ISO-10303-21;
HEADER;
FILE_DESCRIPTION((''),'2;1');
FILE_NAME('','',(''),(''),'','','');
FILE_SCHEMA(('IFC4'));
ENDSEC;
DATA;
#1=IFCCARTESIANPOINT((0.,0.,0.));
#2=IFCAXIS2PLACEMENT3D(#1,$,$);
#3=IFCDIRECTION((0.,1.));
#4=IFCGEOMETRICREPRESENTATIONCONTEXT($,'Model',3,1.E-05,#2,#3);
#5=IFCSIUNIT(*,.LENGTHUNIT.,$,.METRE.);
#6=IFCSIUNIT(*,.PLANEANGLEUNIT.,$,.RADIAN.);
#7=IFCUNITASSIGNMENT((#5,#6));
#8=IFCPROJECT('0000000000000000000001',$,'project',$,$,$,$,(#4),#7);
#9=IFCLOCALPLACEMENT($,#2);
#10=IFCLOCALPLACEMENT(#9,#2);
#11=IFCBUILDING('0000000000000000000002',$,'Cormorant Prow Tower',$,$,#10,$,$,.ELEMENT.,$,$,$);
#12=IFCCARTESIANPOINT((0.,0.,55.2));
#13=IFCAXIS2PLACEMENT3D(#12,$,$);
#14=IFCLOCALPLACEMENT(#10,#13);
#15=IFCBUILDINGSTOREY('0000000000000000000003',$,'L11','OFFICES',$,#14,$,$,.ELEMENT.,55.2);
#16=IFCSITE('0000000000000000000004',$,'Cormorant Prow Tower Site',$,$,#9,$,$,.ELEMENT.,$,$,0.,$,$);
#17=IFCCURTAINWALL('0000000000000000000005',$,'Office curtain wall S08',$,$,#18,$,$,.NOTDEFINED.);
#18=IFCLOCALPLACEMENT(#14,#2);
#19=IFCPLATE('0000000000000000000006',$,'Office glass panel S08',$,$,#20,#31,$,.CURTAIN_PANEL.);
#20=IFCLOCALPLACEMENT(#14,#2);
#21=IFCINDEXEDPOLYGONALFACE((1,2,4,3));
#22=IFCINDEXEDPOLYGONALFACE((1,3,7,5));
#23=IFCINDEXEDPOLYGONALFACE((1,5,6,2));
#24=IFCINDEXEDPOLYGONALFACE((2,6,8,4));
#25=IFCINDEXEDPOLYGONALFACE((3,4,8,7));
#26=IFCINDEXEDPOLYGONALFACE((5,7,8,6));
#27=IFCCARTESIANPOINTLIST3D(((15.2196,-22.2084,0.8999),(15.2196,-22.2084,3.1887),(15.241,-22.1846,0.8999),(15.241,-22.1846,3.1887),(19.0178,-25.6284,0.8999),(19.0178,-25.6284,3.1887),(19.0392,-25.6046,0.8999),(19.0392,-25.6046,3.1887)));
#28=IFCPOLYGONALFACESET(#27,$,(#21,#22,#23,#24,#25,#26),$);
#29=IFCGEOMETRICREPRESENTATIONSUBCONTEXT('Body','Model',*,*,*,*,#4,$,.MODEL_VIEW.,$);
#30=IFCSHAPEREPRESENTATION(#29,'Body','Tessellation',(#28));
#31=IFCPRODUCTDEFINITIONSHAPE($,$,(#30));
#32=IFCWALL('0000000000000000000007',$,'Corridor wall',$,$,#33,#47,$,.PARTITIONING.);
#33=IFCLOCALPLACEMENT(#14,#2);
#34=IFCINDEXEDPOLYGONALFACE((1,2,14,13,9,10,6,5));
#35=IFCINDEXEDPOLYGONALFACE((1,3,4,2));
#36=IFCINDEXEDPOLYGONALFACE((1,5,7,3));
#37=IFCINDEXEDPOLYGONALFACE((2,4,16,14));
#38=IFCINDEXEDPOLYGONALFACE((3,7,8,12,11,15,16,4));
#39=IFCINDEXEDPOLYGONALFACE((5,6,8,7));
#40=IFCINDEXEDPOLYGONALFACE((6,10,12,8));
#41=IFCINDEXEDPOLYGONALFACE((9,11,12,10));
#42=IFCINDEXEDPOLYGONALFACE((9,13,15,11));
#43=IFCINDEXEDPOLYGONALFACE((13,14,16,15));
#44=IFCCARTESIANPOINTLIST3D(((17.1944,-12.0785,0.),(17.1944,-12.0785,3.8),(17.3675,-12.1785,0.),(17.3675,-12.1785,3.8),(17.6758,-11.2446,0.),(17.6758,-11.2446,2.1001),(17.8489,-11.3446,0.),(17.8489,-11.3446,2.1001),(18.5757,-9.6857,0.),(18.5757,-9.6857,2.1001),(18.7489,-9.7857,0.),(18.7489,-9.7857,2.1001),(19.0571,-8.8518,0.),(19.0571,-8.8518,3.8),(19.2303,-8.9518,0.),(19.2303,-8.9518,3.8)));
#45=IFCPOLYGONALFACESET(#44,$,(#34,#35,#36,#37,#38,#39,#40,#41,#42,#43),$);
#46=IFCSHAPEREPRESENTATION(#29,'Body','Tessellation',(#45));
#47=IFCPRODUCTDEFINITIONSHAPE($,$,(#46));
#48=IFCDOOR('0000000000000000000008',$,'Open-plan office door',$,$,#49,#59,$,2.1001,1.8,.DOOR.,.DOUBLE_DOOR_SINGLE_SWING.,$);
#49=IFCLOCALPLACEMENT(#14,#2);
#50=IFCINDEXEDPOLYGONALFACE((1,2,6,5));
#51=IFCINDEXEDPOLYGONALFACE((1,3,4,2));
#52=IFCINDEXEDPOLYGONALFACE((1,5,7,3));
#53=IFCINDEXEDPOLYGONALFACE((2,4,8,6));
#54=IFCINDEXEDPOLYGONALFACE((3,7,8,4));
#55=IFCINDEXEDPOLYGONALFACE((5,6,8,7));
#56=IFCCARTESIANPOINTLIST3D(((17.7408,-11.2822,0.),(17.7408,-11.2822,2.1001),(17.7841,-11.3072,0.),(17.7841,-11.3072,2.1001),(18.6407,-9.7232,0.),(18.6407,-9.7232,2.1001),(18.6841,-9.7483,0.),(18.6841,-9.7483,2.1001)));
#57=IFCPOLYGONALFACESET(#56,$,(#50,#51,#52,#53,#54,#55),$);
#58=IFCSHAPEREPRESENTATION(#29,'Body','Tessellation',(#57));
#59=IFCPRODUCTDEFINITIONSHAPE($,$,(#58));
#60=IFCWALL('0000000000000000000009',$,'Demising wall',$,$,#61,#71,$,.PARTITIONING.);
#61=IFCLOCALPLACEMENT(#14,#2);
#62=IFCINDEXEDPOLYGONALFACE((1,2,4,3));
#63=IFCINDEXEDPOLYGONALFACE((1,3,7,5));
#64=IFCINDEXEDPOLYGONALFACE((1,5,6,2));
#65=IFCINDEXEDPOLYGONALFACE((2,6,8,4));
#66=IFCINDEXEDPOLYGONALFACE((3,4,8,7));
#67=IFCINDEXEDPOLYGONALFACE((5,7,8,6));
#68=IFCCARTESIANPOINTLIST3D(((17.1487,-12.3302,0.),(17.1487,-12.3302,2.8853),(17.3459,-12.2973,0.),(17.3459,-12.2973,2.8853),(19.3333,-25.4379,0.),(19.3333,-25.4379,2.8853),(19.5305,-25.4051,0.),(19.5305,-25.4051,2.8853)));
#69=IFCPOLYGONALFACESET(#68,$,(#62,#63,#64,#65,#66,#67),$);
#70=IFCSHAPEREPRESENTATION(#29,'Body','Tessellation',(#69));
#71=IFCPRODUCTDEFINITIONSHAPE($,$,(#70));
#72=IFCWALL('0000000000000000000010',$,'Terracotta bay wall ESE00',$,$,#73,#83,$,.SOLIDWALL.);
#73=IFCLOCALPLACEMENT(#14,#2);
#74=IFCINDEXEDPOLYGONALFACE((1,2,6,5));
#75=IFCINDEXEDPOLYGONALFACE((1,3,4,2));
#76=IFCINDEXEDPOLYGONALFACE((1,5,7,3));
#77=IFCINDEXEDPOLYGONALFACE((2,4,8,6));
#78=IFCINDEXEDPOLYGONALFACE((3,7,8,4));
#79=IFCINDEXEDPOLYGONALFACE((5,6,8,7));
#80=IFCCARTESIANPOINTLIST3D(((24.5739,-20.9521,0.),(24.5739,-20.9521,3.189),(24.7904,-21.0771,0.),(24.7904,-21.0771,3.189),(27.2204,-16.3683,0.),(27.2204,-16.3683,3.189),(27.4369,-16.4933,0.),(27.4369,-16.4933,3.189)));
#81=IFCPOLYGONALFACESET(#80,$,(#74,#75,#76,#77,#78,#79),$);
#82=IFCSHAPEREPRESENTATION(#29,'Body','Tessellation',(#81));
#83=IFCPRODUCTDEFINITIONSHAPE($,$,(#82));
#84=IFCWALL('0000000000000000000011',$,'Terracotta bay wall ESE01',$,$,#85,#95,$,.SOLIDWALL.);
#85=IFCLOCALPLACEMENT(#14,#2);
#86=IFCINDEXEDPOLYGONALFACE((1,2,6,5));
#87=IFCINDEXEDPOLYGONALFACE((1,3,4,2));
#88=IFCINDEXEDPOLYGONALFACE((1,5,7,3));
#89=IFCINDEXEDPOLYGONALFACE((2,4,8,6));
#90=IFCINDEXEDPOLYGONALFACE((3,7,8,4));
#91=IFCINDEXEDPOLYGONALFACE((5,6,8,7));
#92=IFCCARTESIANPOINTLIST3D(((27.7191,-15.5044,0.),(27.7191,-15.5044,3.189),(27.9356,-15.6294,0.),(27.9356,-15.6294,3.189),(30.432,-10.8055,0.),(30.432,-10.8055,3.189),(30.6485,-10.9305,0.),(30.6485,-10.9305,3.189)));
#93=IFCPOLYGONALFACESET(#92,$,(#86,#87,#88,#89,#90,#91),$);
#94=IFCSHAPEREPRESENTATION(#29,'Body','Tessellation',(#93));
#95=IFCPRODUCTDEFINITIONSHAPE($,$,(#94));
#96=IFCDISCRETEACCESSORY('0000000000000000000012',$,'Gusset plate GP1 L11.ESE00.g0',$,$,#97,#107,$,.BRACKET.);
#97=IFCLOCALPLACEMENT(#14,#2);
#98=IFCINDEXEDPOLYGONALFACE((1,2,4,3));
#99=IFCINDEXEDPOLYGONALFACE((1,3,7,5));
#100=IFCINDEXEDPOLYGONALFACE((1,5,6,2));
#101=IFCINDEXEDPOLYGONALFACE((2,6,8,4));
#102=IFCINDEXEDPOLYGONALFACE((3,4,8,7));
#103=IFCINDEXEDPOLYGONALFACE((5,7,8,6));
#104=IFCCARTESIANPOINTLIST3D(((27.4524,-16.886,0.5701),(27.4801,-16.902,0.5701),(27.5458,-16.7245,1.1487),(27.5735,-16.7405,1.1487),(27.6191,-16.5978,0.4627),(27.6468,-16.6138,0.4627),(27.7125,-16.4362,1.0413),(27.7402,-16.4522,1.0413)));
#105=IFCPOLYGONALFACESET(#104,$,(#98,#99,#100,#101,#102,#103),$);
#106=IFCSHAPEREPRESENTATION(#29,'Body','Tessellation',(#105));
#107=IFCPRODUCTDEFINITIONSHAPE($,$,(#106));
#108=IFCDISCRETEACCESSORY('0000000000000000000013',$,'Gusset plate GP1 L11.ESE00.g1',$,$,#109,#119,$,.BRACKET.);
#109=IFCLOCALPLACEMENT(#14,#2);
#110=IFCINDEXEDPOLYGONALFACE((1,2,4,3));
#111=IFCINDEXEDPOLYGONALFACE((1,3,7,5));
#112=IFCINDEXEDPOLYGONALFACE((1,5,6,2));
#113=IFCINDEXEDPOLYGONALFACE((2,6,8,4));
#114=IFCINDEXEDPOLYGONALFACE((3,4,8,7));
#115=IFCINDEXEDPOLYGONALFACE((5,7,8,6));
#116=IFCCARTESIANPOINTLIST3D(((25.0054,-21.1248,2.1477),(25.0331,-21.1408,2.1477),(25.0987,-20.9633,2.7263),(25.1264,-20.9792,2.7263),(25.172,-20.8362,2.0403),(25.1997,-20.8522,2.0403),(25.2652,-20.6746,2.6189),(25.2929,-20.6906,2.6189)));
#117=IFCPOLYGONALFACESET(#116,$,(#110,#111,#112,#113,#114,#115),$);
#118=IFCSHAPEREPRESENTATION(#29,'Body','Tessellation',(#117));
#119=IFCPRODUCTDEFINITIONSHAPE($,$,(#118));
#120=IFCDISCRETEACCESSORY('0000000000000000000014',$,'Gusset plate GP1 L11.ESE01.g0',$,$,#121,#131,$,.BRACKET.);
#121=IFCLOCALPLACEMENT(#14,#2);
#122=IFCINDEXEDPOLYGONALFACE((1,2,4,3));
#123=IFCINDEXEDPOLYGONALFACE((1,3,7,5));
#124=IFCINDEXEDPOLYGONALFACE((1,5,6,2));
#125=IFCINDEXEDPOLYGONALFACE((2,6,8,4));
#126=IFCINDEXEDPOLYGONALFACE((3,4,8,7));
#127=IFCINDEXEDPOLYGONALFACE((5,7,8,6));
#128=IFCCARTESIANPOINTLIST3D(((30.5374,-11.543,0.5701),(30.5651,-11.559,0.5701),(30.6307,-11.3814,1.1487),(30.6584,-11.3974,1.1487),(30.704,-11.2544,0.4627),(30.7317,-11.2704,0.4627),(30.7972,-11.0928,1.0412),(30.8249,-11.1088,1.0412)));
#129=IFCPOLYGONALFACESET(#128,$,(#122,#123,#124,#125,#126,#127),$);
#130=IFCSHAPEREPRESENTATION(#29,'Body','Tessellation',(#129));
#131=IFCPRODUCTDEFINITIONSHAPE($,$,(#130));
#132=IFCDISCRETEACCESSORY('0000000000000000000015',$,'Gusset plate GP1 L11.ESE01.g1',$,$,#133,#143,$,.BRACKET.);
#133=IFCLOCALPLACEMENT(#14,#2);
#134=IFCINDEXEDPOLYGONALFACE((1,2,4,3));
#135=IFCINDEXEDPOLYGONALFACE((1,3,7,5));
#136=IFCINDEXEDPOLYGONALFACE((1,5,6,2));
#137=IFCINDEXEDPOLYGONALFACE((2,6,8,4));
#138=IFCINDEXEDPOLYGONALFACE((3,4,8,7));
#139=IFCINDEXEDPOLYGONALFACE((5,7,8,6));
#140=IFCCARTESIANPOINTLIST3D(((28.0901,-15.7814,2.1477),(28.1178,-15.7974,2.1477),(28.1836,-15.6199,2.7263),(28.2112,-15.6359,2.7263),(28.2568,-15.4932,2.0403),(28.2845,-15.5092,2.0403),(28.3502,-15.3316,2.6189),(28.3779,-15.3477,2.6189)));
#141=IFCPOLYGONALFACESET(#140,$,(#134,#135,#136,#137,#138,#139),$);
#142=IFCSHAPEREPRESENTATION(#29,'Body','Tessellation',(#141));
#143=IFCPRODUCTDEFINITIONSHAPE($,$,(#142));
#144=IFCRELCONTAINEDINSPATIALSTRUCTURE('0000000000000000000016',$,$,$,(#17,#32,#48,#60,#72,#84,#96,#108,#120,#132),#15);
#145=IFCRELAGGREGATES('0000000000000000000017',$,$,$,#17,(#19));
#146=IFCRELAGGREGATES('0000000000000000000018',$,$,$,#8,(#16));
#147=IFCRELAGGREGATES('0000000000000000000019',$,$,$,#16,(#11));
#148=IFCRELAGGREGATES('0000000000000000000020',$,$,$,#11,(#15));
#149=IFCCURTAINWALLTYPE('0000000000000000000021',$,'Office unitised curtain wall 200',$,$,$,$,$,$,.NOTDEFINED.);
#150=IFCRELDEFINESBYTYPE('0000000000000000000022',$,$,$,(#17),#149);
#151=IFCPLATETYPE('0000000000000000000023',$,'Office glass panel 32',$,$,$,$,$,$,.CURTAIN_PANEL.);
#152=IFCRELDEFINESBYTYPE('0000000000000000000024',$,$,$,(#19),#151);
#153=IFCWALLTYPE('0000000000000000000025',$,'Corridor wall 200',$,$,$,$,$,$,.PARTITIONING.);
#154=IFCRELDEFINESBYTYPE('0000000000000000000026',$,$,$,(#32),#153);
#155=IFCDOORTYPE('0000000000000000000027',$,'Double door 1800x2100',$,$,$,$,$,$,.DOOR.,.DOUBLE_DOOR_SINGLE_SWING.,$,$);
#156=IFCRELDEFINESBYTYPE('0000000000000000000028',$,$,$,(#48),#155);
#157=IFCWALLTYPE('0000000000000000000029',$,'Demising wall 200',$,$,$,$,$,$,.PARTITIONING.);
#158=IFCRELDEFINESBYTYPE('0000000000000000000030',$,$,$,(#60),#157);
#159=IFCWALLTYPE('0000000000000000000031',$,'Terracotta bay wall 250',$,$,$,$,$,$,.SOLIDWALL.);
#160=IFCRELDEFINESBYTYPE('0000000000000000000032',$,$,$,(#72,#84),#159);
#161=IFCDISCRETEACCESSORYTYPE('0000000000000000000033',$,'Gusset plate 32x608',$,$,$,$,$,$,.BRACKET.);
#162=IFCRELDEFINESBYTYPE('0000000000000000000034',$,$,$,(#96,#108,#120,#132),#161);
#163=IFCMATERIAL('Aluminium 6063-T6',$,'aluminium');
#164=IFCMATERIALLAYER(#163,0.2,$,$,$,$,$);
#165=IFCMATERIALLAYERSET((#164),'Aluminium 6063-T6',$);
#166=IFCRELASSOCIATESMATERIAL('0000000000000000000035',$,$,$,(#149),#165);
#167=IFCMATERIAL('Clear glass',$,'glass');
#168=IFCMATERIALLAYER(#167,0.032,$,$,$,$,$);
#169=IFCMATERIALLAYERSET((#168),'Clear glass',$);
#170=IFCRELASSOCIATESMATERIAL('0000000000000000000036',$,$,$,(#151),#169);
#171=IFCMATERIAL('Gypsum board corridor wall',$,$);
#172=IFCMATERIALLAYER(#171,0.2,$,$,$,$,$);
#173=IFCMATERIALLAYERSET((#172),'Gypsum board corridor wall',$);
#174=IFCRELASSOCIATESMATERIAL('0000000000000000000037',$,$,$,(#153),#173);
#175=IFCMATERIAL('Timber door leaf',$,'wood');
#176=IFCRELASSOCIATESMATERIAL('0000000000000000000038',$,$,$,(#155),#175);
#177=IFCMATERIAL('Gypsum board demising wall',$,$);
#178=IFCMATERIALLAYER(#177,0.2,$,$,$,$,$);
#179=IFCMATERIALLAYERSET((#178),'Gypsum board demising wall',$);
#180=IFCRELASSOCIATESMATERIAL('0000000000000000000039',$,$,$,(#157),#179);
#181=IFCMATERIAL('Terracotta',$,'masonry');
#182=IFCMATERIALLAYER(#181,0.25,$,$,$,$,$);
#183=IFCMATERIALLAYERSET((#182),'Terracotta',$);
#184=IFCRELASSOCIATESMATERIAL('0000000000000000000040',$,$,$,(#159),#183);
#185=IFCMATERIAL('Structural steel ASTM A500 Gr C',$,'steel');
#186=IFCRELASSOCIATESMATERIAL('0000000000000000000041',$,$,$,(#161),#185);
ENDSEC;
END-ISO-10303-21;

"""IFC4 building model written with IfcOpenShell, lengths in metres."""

from ifc_helpers import new_model, si_unit, direction, frame, frame_2d, origin, origin_2d, place, context, subcontext, project, spatial, rectangle, extrude, material, layer, layer_set, material_profile, profile_set, type_object, element, fill, aggregate, save


model = new_model("IFC4")

# Units and contexts
model_context = context("Model", 3, precision=1e-05, world=origin(), true_north=direction((0.0, 1.0)))
body_context = subcontext(model_context, "Body", "Model", "MODEL_VIEW")
ifc_project = project(units=[si_unit("LENGTHUNIT", "METRE"), si_unit("PLANEANGLEUNIT", "RADIAN")], contexts=[model_context])

# Site, building, storey
site_placement = place(None, origin())
site = spatial("IfcSite", under=ifc_project, at=site_placement, Name="Cormorant Prow Tower Site", CompositionType="ELEMENT", RefElevation=0.0)
building_placement = place(site_placement, origin())
building = spatial("IfcBuilding", under=site, at=building_placement, Name="Cormorant Prow Tower", CompositionType="ELEMENT")
storey_placement = place(building_placement, frame((0.0, 0.0, 55.2)))
storey = spatial("IfcBuildingStorey", under=building, at=storey_placement, Name="L11", Description="OFFICES", CompositionType="ELEMENT", Elevation=55.2)

# Curtain wall, plate
ifc_material_1 = material(Name="Aluminium 6063-T6", Category="aluminium")
ifc_layer_1 = layer(ifc_material_1, 0.2)
ifc_layer_set_1 = layer_set([ifc_layer_1], Name="Aluminium 6063-T6")
curtain_wall_type = type_object("IfcCurtainWallType", Name="Office unitised curtain wall 200", PredefinedType="NOTDEFINED", material=ifc_layer_set_1)
curtain_wall_placement = place(storey_placement, origin())
curtain_wall = element("IfcCurtainWall", 1, at=curtain_wall_placement, inside=storey, type_object=curtain_wall_type, Name="Office curtain wall S08", PredefinedType="NOTDEFINED")
ifc_material_2 = material(Name="Clear glass", Category="glass")
ifc_layer_2 = layer(ifc_material_2, 0.032)
ifc_layer_set_2 = layer_set([ifc_layer_2], Name="Clear glass")
plate_type = type_object("IfcPlateType", Name="Office glass panel 32", PredefinedType="CURTAIN_PANEL", material=ifc_layer_set_2)
plate_placement = place(storey_placement, frame((17.1294, -23.9065, 0.8999), z_axis=(0.0, 0.0, 1.0), x_axis=(0.743145, -0.669131, 0.0)))
plate = element("IfcPlate", 2, at=plate_placement, type_object=plate_type, Name="Office glass panel S08", PredefinedType="CURTAIN_PANEL", context=body_context, shape_type="SweptSolid", body=[
    extrude(rectangle(XDim=5.1111, YDim=0.032, at=origin_2d()), origin(), (0.0, 0.0, 1.0), 2.2888),
])
aggregate(curtain_wall, [plate])

# Wall, opening, door
ifc_material_3 = material(Name="Gypsum board corridor wall")
ifc_layer_3 = layer(ifc_material_3, 0.2)
ifc_layer_set_3 = layer_set([ifc_layer_3], Name="Gypsum board corridor wall")
wall_type_1 = type_object("IfcWallType", Name="Corridor wall 200", PredefinedType="PARTITIONING", material=ifc_layer_set_3)
wall_1_placement = place(storey_placement, frame((17.281, -12.1284, 0.0), z_axis=(0.0, 0.0, 1.0), x_axis=(0.499959, 0.866049, 0.0)))
wall_1 = element("IfcWall", 3, at=wall_1_placement, inside=storey, type_object=wall_type_1, Name="Corridor wall", PredefinedType="PARTITIONING", context=body_context, shape_type="SweptSolid", body=[
    extrude(rectangle(XDim=3.7258, YDim=0.2, at=frame_2d((1.8628, 0.0))), origin(), (0.0, 0.0, 1.0), 3.8),
])
opening_1_placement = place(wall_1_placement, frame((0.9629, 0.0, 0.0)))
opening_1 = element("IfcOpeningElement", 4, at=opening_1_placement, cuts=wall_1, PredefinedType="OPENING", context=body_context, shape_type="SweptSolid", body=[
    extrude(rectangle(XDim=1.8, YDim=2.1001, at=frame_2d((0.8999, 1.05))), frame((0.0, 0.1099, 0.0), z_axis=(0.0, -1.0, 0.0), x_axis=(1.0, 0.0, 0.0)), (0.0, 0.0, 1.0), 0.22),
])
ifc_material_4 = material(Name="Timber door leaf", Category="wood")
door_type_1 = type_object("IfcDoorType", Name="Double door 1800x2100", OperationType="DOUBLE_DOOR_SINGLE_SWING", PredefinedType="DOOR", material=ifc_material_4)
door_1_placement = place(opening_1_placement, origin())
door_1 = element("IfcDoor", 5, at=door_1_placement, inside=storey, type_object=door_type_1, Name="Open-plan office door", OperationType="DOUBLE_DOOR_SINGLE_SWING", OverallHeight=2.1001, OverallWidth=1.8, PredefinedType="DOOR", context=body_context, shape_type="SweptSolid", body=[
    extrude(rectangle(XDim=1.8, YDim=2.1001, at=frame_2d((0.8999, 1.05))), frame((0.0, 0.0249, 0.0), z_axis=(0.0, -1.0, 0.0), x_axis=(1.0, 0.0, 0.0)), (0.0, 0.0, 1.0), 0.05),
])
fill(opening_1, door_1)

# Walls
ifc_material_5 = material(Name="Gypsum board demising wall")
ifc_layer_4 = layer(ifc_material_5, 0.2)
ifc_layer_set_4 = layer_set([ifc_layer_4], Name="Gypsum board demising wall")
wall_type_2 = type_object("IfcWallType", Name="Demising wall 200", PredefinedType="PARTITIONING", material=ifc_layer_set_4)
wall_2_placement = place(storey_placement, frame((17.2473, -12.3137, 0.0), z_axis=(0.0, 0.0, 1.0), x_axis=(0.164396, -0.986394, 0.0)))
element("IfcWall", 6, at=wall_2_placement, inside=storey, type_object=wall_type_2, Name="Demising wall", PredefinedType="PARTITIONING", context=body_context, shape_type="SweptSolid", body=[
    extrude(rectangle(XDim=13.2886, YDim=0.2, at=frame_2d((6.6443, 0.0))), origin(), (0.0, 0.0, 1.0), 2.8853),
])
ifc_material_6 = material(Name="Terracotta", Category="masonry")
ifc_layer_5 = layer(ifc_material_6, 0.25)
ifc_layer_set_5 = layer_set([ifc_layer_5], Name="Terracotta")
wall_type_3 = type_object("IfcWallType", Name="Terracotta bay wall 250", PredefinedType="SOLIDWALL", material=ifc_layer_set_5)
wall_3_placement = place(storey_placement, frame((24.6821, -21.0146, 0.0), z_axis=(0.0, 0.0, 1.0), x_axis=(0.500009, 0.86602, 0.0)))
element("IfcWall", 7, at=wall_3_placement, inside=storey, type_object=wall_type_3, Name="Terracotta bay wall ESE00", PredefinedType="SOLIDWALL", context=body_context, shape_type="SweptSolid", body=[
    extrude(rectangle(XDim=5.293, YDim=0.25, at=frame_2d((2.6465, 0.0))), origin(), (0.0, 0.0, 1.0), 3.189),
])
wall_4_placement = place(storey_placement, frame((27.8274, -15.5669, 0.0), z_axis=(0.0, 0.0, 1.0), x_axis=(0.499991, 0.86603, 0.0)))
element("IfcWall", 8, at=wall_4_placement, inside=storey, type_object=wall_type_3, Name="Terracotta bay wall ESE01", PredefinedType="SOLIDWALL", context=body_context, shape_type="SweptSolid", body=[
    extrude(rectangle(XDim=5.4258, YDim=0.25, at=frame_2d((2.7129, 0.0))), origin(), (0.0, 0.0, 1.0), 3.189),
])

# Discrete accessories
ifc_material_7 = material(Name="Structural steel ASTM A500 Gr C", Category="steel")
ifc_material_profile_1 = material_profile(ifc_material_7, rectangle(XDim=0.032, YDim=0.6079, at=origin_2d()), Name="Gusset plate 32x608")
ifc_profile_set_1 = profile_set([ifc_material_profile_1], Name="Structural steel ASTM A500 Gr C")
discrete_accessory_type = type_object("IfcDiscreteAccessoryType", Name="Gusset plate 32x608", PredefinedType="BRACKET", material=ifc_profile_set_1)
discrete_accessory_1_placement = place(storey_placement, frame((27.5129, -16.8132, 0.8594), z_axis=(0.476465, 0.823872, -0.306946), x_axis=(-0.86566, 0.500632, 0.0)))
element("IfcDiscreteAccessory", 9, at=discrete_accessory_1_placement, inside=storey, type_object=discrete_accessory_type, Name="Gusset plate GP1 L11.ESE00.g0", PredefinedType="BRACKET", context=body_context, shape_type="SweptSolid", body=[
    extrude(rectangle(XDim=0.032, YDim=0.6079, at=origin_2d()), origin(), (0.0, 0.0, 1.0), 0.3499),
])
for number, where, z_axis, x_axis, name in (
    (10, (25.2324, -20.7634, 2.3296), (-0.475652, -0.82437, 0.306872), (0.866161, -0.499765, 0.0), "Gusset plate GP1 L11.ESE00.g1"),
    (11, (30.5979, -11.4702, 0.8594), (0.475652, 0.82437, -0.306872), (-0.866161, 0.499765, 0.0), "Gusset plate GP1 L11.ESE01.g0"),
):
    element("IfcDiscreteAccessory", number, at=place(storey_placement, frame(where, z_axis=z_axis, x_axis=x_axis)), inside=storey, type_object=discrete_accessory_type, Name=name, PredefinedType="BRACKET", context=body_context, shape_type="SweptSolid", body=[
        extrude(rectangle(XDim=0.032, YDim=0.6079, at=origin_2d()), origin(), (0.0, 0.0, 1.0), 0.3501),
    ])
discrete_accessory_2_placement = place(storey_placement, frame((28.3174, -15.4204, 2.3296), z_axis=(-0.476465, -0.823872, 0.306946), x_axis=(0.86566, -0.500632, 0.0)))
element("IfcDiscreteAccessory", 12, at=discrete_accessory_2_placement, inside=storey, type_object=discrete_accessory_type, Name="Gusset plate GP1 L11.ESE01.g1", PredefinedType="BRACKET", context=body_context, shape_type="SweptSolid", body=[
    extrude(rectangle(XDim=0.032, YDim=0.6079, at=origin_2d()), origin(), (0.0, 0.0, 1.0), 0.3499),
])

save(model, "model.ifc")
